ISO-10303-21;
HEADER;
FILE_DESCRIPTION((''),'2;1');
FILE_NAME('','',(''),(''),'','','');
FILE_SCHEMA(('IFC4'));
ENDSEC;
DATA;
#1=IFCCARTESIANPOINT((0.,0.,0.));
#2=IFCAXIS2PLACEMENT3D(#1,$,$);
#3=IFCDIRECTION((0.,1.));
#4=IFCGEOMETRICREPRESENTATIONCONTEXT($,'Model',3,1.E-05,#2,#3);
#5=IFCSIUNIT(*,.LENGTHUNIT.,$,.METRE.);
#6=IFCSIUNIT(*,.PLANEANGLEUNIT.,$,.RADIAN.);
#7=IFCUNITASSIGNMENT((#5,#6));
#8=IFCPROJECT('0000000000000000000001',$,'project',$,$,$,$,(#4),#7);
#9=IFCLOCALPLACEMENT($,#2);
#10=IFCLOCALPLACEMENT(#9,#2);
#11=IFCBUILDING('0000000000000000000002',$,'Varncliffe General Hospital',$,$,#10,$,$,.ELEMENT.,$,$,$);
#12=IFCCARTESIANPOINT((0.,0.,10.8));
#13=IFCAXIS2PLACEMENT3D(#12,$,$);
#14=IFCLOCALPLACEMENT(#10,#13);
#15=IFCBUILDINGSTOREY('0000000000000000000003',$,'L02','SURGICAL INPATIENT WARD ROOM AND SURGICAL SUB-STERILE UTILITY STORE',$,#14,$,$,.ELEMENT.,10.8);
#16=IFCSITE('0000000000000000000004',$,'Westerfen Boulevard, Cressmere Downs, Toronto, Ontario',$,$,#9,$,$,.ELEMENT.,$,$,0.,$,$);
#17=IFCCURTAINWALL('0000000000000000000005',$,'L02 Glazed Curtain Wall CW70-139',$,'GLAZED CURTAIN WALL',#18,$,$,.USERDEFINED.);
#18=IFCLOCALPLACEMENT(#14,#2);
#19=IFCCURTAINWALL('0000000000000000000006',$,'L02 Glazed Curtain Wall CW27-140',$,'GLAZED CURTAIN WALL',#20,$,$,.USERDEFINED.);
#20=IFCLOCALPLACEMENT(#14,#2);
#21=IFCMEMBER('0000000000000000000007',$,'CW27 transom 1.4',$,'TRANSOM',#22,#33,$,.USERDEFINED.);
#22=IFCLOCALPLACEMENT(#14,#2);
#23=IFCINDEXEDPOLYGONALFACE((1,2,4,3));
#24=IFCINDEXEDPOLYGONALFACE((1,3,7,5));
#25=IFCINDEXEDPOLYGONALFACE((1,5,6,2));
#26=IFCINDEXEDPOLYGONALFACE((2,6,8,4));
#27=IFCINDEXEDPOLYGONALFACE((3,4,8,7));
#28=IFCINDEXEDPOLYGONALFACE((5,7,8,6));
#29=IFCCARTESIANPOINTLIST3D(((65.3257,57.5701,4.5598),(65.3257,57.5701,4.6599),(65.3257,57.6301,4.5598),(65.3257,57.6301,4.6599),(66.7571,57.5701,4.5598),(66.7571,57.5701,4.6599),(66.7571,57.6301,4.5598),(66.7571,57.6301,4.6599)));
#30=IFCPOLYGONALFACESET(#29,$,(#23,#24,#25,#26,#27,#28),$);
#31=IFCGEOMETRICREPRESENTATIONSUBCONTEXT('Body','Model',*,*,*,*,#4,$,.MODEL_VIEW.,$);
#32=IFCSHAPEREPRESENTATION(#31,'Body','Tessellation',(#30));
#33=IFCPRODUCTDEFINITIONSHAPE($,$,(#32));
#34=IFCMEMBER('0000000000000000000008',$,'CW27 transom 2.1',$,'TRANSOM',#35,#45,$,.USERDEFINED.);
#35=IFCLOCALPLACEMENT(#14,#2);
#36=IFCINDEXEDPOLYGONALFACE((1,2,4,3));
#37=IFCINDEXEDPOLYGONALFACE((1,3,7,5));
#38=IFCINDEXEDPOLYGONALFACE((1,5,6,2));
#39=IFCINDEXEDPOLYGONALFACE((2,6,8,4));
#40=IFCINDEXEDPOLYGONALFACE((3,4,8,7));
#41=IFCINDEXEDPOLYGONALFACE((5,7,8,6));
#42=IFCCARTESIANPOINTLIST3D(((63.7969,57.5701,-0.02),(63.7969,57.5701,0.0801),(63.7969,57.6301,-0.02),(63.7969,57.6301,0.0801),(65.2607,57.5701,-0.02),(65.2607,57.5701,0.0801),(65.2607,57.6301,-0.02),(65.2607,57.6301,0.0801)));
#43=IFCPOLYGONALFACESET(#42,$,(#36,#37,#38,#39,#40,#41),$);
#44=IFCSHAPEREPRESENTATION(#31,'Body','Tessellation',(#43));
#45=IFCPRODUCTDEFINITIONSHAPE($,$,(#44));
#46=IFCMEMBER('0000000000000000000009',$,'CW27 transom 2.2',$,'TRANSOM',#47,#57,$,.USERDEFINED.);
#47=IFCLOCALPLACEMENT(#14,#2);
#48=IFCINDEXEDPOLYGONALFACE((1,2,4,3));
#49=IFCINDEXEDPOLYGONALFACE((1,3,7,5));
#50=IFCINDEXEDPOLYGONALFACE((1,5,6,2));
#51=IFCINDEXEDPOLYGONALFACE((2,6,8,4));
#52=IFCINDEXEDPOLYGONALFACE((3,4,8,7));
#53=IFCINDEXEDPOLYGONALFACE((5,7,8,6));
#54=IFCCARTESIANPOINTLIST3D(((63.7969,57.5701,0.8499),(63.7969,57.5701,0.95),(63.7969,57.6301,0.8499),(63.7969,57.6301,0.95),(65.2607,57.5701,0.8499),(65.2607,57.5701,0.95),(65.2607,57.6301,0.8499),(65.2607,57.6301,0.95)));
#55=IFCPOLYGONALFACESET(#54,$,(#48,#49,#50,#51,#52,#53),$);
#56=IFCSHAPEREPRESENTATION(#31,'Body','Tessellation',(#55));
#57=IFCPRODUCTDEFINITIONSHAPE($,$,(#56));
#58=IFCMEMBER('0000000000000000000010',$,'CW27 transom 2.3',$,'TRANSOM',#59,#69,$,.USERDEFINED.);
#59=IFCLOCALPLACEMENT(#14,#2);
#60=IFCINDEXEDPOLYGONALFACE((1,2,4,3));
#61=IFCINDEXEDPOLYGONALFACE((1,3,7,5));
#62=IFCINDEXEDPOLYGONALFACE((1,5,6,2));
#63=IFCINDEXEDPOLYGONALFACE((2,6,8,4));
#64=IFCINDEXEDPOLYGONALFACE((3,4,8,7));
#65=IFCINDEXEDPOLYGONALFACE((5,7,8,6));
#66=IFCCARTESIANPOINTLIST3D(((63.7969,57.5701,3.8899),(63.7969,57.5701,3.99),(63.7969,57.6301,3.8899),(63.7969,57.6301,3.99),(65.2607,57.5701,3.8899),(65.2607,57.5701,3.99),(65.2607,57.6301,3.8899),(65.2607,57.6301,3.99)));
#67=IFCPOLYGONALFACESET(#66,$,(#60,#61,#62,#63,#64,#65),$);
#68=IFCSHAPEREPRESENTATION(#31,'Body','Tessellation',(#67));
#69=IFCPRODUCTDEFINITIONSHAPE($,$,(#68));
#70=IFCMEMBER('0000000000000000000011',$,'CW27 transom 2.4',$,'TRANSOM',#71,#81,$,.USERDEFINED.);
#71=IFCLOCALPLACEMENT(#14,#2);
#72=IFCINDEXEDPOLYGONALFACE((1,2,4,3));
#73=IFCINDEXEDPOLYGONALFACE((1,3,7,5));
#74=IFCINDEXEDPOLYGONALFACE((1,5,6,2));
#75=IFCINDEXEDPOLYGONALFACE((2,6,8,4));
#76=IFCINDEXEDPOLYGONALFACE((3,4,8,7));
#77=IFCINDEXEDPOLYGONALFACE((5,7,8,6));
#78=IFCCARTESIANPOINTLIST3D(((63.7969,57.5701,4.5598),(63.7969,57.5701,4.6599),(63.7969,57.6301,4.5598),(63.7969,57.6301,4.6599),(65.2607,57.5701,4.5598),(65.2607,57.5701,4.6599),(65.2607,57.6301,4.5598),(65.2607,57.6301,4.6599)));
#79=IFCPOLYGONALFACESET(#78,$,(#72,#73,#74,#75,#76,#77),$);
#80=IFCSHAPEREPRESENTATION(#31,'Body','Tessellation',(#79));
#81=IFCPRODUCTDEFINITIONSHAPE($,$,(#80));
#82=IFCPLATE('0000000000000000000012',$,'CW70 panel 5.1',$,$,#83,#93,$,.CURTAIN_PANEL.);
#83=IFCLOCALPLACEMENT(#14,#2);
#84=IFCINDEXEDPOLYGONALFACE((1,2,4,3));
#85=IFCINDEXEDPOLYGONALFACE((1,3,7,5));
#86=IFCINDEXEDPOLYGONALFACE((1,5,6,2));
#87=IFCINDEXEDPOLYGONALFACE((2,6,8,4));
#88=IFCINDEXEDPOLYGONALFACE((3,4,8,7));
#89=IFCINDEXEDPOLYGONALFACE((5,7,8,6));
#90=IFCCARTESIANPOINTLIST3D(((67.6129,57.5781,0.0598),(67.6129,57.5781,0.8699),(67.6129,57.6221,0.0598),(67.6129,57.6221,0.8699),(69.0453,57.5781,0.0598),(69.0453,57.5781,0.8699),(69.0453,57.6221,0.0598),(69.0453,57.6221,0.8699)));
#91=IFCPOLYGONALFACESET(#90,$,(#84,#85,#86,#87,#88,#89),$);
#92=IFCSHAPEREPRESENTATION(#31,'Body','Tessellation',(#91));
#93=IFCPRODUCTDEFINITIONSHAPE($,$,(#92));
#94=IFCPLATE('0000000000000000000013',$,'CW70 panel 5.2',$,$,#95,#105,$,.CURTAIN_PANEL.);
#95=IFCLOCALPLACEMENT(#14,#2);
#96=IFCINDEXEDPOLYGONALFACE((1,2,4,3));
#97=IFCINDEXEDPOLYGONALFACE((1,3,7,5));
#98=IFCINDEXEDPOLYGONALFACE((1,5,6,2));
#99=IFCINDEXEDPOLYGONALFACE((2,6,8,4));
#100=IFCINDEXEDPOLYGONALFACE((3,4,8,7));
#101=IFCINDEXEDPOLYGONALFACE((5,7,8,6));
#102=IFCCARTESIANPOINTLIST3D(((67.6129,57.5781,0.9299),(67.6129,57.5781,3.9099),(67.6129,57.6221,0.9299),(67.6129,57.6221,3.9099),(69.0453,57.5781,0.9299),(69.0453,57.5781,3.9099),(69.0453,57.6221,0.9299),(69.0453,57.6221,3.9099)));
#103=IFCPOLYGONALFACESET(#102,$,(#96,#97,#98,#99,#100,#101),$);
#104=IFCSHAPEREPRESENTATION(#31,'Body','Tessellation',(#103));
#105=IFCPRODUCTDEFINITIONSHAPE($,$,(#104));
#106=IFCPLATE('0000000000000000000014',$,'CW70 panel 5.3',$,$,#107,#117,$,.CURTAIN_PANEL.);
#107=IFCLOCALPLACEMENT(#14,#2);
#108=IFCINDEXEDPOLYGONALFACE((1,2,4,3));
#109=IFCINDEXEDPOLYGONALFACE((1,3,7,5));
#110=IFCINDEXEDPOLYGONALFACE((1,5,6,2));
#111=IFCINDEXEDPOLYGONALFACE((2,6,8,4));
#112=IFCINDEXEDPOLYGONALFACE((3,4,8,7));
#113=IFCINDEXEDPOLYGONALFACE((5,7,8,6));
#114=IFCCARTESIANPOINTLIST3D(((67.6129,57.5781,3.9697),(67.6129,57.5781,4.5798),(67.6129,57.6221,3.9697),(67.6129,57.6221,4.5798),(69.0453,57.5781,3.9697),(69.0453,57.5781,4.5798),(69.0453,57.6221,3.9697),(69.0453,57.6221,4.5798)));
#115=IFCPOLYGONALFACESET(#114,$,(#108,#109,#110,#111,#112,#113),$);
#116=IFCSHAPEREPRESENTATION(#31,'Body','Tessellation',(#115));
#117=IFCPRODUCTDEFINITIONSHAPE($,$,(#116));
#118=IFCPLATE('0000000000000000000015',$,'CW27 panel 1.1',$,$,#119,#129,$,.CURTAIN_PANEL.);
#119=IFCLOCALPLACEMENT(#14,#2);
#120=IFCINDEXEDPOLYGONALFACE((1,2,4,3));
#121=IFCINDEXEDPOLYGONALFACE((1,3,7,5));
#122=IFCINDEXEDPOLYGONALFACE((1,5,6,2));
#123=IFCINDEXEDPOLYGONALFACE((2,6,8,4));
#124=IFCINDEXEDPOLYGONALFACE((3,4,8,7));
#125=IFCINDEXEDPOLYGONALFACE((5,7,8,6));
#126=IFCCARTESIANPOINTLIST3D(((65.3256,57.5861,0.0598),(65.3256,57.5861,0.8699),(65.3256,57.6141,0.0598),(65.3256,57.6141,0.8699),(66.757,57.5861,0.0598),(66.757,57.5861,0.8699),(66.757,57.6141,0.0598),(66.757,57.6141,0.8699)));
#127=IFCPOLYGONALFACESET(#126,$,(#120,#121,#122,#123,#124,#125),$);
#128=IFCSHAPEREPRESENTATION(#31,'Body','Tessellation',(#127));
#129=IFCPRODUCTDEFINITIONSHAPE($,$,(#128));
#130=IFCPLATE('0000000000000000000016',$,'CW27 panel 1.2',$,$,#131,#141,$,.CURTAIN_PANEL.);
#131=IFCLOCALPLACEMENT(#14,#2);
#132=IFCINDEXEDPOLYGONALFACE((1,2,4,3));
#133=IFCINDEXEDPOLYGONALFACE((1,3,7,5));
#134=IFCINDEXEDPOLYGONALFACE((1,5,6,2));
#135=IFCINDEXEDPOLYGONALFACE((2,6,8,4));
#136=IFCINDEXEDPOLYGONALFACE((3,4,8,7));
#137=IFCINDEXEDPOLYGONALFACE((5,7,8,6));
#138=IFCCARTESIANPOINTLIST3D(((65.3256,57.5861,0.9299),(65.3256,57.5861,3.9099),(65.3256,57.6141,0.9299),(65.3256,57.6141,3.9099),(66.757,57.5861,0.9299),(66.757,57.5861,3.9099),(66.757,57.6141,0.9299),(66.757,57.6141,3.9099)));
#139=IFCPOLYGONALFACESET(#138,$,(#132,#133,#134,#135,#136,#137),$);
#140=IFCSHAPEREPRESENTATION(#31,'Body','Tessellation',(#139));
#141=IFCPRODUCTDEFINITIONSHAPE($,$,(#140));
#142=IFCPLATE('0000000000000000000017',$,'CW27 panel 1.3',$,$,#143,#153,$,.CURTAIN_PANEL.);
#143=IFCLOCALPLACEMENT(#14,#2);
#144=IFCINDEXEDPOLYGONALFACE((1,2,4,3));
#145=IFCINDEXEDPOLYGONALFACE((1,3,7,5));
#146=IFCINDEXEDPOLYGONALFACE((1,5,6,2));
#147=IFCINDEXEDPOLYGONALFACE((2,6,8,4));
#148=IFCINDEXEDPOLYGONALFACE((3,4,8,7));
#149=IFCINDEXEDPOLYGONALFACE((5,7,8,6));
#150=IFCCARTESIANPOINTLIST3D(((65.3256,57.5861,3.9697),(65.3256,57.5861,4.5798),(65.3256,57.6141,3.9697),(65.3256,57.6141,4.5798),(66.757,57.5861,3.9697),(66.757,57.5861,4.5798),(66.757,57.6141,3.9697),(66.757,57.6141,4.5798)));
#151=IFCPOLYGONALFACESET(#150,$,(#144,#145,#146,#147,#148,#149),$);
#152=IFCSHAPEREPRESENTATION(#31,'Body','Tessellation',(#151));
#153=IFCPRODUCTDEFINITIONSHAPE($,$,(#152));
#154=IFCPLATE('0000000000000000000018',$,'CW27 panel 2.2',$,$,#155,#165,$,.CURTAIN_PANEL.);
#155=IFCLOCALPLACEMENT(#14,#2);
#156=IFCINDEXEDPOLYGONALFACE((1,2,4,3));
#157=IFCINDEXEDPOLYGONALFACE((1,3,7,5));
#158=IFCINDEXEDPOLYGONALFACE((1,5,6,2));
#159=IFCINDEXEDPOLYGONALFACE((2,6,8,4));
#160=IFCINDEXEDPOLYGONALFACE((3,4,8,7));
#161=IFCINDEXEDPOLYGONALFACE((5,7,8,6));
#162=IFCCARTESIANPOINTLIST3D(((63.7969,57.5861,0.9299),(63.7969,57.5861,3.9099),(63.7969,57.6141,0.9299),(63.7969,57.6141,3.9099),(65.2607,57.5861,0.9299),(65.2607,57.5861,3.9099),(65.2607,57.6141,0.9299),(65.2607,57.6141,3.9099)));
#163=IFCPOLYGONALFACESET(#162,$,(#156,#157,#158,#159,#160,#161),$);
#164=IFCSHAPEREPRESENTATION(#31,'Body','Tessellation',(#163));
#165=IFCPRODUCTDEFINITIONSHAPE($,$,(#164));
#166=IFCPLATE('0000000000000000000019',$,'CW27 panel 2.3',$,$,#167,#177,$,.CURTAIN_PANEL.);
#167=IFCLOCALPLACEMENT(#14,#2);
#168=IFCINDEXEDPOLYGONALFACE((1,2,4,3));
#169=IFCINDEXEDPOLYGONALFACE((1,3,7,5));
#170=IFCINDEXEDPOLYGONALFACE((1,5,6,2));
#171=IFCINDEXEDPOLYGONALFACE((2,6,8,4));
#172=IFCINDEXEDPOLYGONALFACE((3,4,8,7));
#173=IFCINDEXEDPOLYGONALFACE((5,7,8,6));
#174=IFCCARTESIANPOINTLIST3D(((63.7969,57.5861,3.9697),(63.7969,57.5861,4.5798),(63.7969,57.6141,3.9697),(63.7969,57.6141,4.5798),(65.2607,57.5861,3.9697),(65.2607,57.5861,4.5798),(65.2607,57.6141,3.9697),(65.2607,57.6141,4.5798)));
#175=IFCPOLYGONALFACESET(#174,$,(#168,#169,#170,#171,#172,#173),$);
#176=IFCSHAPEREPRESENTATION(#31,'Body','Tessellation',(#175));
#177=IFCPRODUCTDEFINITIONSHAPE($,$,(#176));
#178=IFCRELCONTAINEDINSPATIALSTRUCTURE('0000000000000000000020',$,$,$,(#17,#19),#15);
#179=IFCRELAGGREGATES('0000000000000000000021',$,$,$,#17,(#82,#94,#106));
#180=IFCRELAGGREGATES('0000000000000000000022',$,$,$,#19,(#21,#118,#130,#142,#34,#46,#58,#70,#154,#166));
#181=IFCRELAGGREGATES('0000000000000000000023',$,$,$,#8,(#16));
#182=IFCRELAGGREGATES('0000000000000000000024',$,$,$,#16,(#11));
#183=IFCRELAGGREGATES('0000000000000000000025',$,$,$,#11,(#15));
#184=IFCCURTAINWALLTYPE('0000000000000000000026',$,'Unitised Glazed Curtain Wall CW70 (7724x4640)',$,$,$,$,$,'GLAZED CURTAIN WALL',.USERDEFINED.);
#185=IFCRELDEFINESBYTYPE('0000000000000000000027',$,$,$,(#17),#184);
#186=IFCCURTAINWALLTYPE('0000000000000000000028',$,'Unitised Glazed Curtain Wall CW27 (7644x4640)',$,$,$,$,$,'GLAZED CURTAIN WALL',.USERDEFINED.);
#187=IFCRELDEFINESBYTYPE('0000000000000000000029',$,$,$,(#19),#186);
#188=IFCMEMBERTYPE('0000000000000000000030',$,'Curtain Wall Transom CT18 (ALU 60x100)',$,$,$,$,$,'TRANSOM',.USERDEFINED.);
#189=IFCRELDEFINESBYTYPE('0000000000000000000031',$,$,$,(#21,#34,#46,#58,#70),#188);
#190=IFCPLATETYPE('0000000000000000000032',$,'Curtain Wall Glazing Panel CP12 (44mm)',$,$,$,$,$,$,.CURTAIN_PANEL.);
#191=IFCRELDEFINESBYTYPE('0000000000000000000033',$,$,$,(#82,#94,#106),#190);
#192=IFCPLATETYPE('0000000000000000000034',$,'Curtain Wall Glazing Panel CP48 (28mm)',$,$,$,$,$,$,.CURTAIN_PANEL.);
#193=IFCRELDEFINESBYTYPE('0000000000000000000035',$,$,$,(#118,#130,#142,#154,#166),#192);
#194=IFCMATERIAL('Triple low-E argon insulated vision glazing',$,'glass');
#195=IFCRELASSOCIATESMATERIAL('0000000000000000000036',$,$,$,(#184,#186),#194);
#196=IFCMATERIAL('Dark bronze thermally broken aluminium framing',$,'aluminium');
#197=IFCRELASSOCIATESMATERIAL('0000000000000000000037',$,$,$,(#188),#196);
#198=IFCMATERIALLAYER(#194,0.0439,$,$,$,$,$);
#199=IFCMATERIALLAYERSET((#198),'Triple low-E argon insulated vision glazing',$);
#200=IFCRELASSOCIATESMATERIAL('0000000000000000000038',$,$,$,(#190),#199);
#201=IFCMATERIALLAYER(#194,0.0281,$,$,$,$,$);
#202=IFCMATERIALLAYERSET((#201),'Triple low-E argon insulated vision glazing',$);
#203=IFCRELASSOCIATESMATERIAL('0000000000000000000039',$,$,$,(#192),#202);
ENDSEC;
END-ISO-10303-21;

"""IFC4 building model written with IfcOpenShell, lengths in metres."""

from ifc_helpers import new_model, si_unit, direction, frame, origin, origin_2d, place, context, subcontext, project, spatial, rectangle, extrude, material, layer, layer_set, material_profile, profile_set, type_object, element, aggregate, save


model = new_model("IFC4")

# Units and contexts
model_context = context("Model", 3, precision=1e-05, world=origin(), true_north=direction((0.0, 1.0)))
body_context = subcontext(model_context, "Body", "Model", "MODEL_VIEW")
ifc_project = project(units=[si_unit("LENGTHUNIT", "METRE"), si_unit("PLANEANGLEUNIT", "RADIAN")], contexts=[model_context])

# Site, building, storey
site_placement = place(None, origin())
site = spatial("IfcSite", under=ifc_project, at=site_placement, Name="Westerfen Boulevard, Cressmere Downs, Toronto, Ontario", CompositionType="ELEMENT", RefElevation=0.0)
building_placement = place(site_placement, origin())
building = spatial("IfcBuilding", under=site, at=building_placement, Name="Varncliffe General Hospital", CompositionType="ELEMENT")
storey_placement = place(building_placement, frame((0.0, 0.0, 10.8)))
storey = spatial("IfcBuildingStorey", under=building, at=storey_placement, Name="L02", Description="SURGICAL INPATIENT WARD ROOM AND SURGICAL SUB-STERILE UTILITY STORE", CompositionType="ELEMENT", Elevation=10.8)

# Curtain walls
ifc_material_1 = material(Name="Triple low-E argon insulated vision glazing", Category="glass")
curtain_wall_type_1 = type_object("IfcCurtainWallType", Name="Unitised Glazed Curtain Wall CW70 (7724x4640)", ElementType="GLAZED CURTAIN WALL", PredefinedType="USERDEFINED", material=ifc_material_1)
curtain_wall_1_placement = place(storey_placement, origin())
curtain_wall_1 = element("IfcCurtainWall", 1, at=curtain_wall_1_placement, inside=storey, type_object=curtain_wall_type_1, Name="L02 Glazed Curtain Wall CW70-139", ObjectType="GLAZED CURTAIN WALL", PredefinedType="USERDEFINED")
ifc_material_2 = material(Name="Dark bronze thermally broken aluminium framing", Category="aluminium")
curtain_wall_type_2 = type_object("IfcCurtainWallType", Name="Unitised Glazed Curtain Wall CW27 (7644x4640)", ElementType="GLAZED CURTAIN WALL", PredefinedType="USERDEFINED", material=ifc_material_1)
curtain_wall_2_placement = place(storey_placement, origin())
curtain_wall_2 = element("IfcCurtainWall", 2, at=curtain_wall_2_placement, inside=storey, type_object=curtain_wall_type_2, Name="L02 Glazed Curtain Wall CW27-140", ObjectType="GLAZED CURTAIN WALL", PredefinedType="USERDEFINED")

# Members
ifc_material_profile_1 = material_profile(ifc_material_2, rectangle(XDim=0.0601, YDim=0.1001, at=origin_2d()), Name="ALU 60x100")
ifc_profile_set_1 = profile_set([ifc_material_profile_1], Name="Dark bronze thermally broken aluminium framing")
member_type_1 = type_object("IfcMemberType", Name="Curtain Wall Transom CT18 (ALU 60x100)", ElementType="TRANSOM", PredefinedType="USERDEFINED", material=ifc_profile_set_1)
member_1_placement = place(storey_placement, frame((66.7571, 57.6001, 4.6099), z_axis=(-1.0, 0.0, 0.0), x_axis=(0.0, -1.0, 0.0)))
member_1 = element("IfcMember", 3, at=member_1_placement, type_object=member_type_1, Name="CW27 transom 1.4", ObjectType="TRANSOM", PredefinedType="USERDEFINED", context=body_context, shape_type="SweptSolid", body=[
    extrude(rectangle(XDim=0.0601, YDim=0.1001, at=origin_2d()), origin(), (0.0, 0.0, 1.0), 1.4314),
])
member_2_placement = place(storey_placement, frame((65.2607, 57.6001, 0.03), z_axis=(-1.0, 0.0, 0.0), x_axis=(0.0, -1.0, 0.0)))
member_2 = element("IfcMember", 4, at=member_2_placement, type_object=member_type_1, Name="CW27 transom 2.1", ObjectType="TRANSOM", PredefinedType="USERDEFINED", context=body_context, shape_type="SweptSolid", body=[
    extrude(rectangle(XDim=0.0601, YDim=0.1001, at=origin_2d()), origin(), (0.0, 0.0, 1.0), 1.4639),
])
member_3_placement = place(storey_placement, frame((65.2607, 57.6001, 0.8999), z_axis=(-1.0, 0.0, 0.0), x_axis=(0.0, -1.0, 0.0)))
member_3 = element("IfcMember", 5, at=member_3_placement, type_object=member_type_1, Name="CW27 transom 2.2", ObjectType="TRANSOM", PredefinedType="USERDEFINED", context=body_context, shape_type="SweptSolid", body=[
    extrude(rectangle(XDim=0.0601, YDim=0.1001, at=origin_2d()), origin(), (0.0, 0.0, 1.0), 1.4639),
])
member_4_placement = place(storey_placement, frame((65.2607, 57.6001, 3.9399), z_axis=(-1.0, 0.0, 0.0), x_axis=(0.0, -1.0, 0.0)))
member_4 = element("IfcMember", 6, at=member_4_placement, type_object=member_type_1, Name="CW27 transom 2.3", ObjectType="TRANSOM", PredefinedType="USERDEFINED", context=body_context, shape_type="SweptSolid", body=[
    extrude(rectangle(XDim=0.0601, YDim=0.1001, at=origin_2d()), origin(), (0.0, 0.0, 1.0), 1.4639),
])
member_5_placement = place(storey_placement, frame((65.2607, 57.6001, 4.6099), z_axis=(-1.0, 0.0, 0.0), x_axis=(0.0, -1.0, 0.0)))
member_5 = element("IfcMember", 7, at=member_5_placement, type_object=member_type_1, Name="CW27 transom 2.4", ObjectType="TRANSOM", PredefinedType="USERDEFINED", context=body_context, shape_type="SweptSolid", body=[
    extrude(rectangle(XDim=0.0601, YDim=0.1001, at=origin_2d()), origin(), (0.0, 0.0, 1.0), 1.4639),
])

# Plates
ifc_layer_1 = layer(ifc_material_1, 0.0439)
ifc_layer_set_1 = layer_set([ifc_layer_1], Name="Triple low-E argon insulated vision glazing")
plate_type_1 = type_object("IfcPlateType", Name="Curtain Wall Glazing Panel CP12 (44mm)", PredefinedType="CURTAIN_PANEL", material=ifc_layer_set_1)
plate_1_placement = place(storey_placement, frame((68.3291, 57.6001, 0.0598), z_axis=(0.0, 0.0, 1.0), x_axis=(-1.0, 0.0, 0.0)))
plate_1 = element("IfcPlate", 8, at=plate_1_placement, type_object=plate_type_1, Name="CW70 panel 5.1", PredefinedType="CURTAIN_PANEL", context=body_context, shape_type="SweptSolid", body=[
    extrude(rectangle(XDim=1.4324, YDim=0.0439, at=origin_2d()), origin(), (0.0, 0.0, 1.0), 0.8101),
])
plate_2_placement = place(storey_placement, frame((68.3291, 57.6001, 0.9299), z_axis=(0.0, 0.0, 1.0), x_axis=(-1.0, 0.0, 0.0)))
plate_2 = element("IfcPlate", 9, at=plate_2_placement, type_object=plate_type_1, Name="CW70 panel 5.2", PredefinedType="CURTAIN_PANEL", context=body_context, shape_type="SweptSolid", body=[
    extrude(rectangle(XDim=1.4324, YDim=0.0439, at=origin_2d()), origin(), (0.0, 0.0, 1.0), 2.98),
])
plate_3_placement = place(storey_placement, frame((68.3291, 57.6001, 3.9697), z_axis=(0.0, 0.0, 1.0), x_axis=(-1.0, 0.0, 0.0)))
plate_3 = element("IfcPlate", 10, at=plate_3_placement, type_object=plate_type_1, Name="CW70 panel 5.3", PredefinedType="CURTAIN_PANEL", context=body_context, shape_type="SweptSolid", body=[
    extrude(rectangle(XDim=1.4324, YDim=0.0439, at=origin_2d()), origin(), (0.0, 0.0, 1.0), 0.6101),
])
aggregate(curtain_wall_1, [plate_1, plate_2, plate_3])
ifc_layer_2 = layer(ifc_material_1, 0.0281)
ifc_layer_set_2 = layer_set([ifc_layer_2], Name="Triple low-E argon insulated vision glazing")
plate_type_2 = type_object("IfcPlateType", Name="Curtain Wall Glazing Panel CP48 (28mm)", PredefinedType="CURTAIN_PANEL", material=ifc_layer_set_2)
plate_4_placement = place(storey_placement, frame((66.0413, 57.6001, 0.0598), z_axis=(0.0, 0.0, 1.0), x_axis=(-1.0, 0.0, 0.0)))
plate_4 = element("IfcPlate", 11, at=plate_4_placement, type_object=plate_type_2, Name="CW27 panel 1.1", PredefinedType="CURTAIN_PANEL", context=body_context, shape_type="SweptSolid", body=[
    extrude(rectangle(XDim=1.4314, YDim=0.0281, at=origin_2d()), origin(), (0.0, 0.0, 1.0), 0.8101),
])
plate_5_placement = place(storey_placement, frame((66.0413, 57.6001, 0.9299), z_axis=(0.0, 0.0, 1.0), x_axis=(-1.0, 0.0, 0.0)))
plate_5 = element("IfcPlate", 12, at=plate_5_placement, type_object=plate_type_2, Name="CW27 panel 1.2", PredefinedType="CURTAIN_PANEL", context=body_context, shape_type="SweptSolid", body=[
    extrude(rectangle(XDim=1.4314, YDim=0.0281, at=origin_2d()), origin(), (0.0, 0.0, 1.0), 2.98),
])
plate_6_placement = place(storey_placement, frame((66.0413, 57.6001, 3.9697), z_axis=(0.0, 0.0, 1.0), x_axis=(-1.0, 0.0, 0.0)))
plate_6 = element("IfcPlate", 13, at=plate_6_placement, type_object=plate_type_2, Name="CW27 panel 1.3", PredefinedType="CURTAIN_PANEL", context=body_context, shape_type="SweptSolid", body=[
    extrude(rectangle(XDim=1.4314, YDim=0.0281, at=origin_2d()), origin(), (0.0, 0.0, 1.0), 0.6101),
])
plate_7_placement = place(storey_placement, frame((64.5288, 57.6001, 0.9299), z_axis=(0.0, 0.0, 1.0), x_axis=(-1.0, 0.0, 0.0)))
plate_7 = element("IfcPlate", 14, at=plate_7_placement, type_object=plate_type_2, Name="CW27 panel 2.2", PredefinedType="CURTAIN_PANEL", context=body_context, shape_type="SweptSolid", body=[
    extrude(rectangle(XDim=1.4639, YDim=0.0281, at=origin_2d()), origin(), (0.0, 0.0, 1.0), 2.98),
])
plate_8_placement = place(storey_placement, frame((64.5288, 57.6001, 3.9697), z_axis=(0.0, 0.0, 1.0), x_axis=(-1.0, 0.0, 0.0)))
plate_8 = element("IfcPlate", 15, at=plate_8_placement, type_object=plate_type_2, Name="CW27 panel 2.3", PredefinedType="CURTAIN_PANEL", context=body_context, shape_type="SweptSolid", body=[
    extrude(rectangle(XDim=1.4639, YDim=0.0281, at=origin_2d()), origin(), (0.0, 0.0, 1.0), 0.6101),
])
aggregate(curtain_wall_2, [member_1, plate_4, plate_5, plate_6, member_2, member_3, member_4, member_5, plate_7, plate_8])

save(model, "model.ifc")
